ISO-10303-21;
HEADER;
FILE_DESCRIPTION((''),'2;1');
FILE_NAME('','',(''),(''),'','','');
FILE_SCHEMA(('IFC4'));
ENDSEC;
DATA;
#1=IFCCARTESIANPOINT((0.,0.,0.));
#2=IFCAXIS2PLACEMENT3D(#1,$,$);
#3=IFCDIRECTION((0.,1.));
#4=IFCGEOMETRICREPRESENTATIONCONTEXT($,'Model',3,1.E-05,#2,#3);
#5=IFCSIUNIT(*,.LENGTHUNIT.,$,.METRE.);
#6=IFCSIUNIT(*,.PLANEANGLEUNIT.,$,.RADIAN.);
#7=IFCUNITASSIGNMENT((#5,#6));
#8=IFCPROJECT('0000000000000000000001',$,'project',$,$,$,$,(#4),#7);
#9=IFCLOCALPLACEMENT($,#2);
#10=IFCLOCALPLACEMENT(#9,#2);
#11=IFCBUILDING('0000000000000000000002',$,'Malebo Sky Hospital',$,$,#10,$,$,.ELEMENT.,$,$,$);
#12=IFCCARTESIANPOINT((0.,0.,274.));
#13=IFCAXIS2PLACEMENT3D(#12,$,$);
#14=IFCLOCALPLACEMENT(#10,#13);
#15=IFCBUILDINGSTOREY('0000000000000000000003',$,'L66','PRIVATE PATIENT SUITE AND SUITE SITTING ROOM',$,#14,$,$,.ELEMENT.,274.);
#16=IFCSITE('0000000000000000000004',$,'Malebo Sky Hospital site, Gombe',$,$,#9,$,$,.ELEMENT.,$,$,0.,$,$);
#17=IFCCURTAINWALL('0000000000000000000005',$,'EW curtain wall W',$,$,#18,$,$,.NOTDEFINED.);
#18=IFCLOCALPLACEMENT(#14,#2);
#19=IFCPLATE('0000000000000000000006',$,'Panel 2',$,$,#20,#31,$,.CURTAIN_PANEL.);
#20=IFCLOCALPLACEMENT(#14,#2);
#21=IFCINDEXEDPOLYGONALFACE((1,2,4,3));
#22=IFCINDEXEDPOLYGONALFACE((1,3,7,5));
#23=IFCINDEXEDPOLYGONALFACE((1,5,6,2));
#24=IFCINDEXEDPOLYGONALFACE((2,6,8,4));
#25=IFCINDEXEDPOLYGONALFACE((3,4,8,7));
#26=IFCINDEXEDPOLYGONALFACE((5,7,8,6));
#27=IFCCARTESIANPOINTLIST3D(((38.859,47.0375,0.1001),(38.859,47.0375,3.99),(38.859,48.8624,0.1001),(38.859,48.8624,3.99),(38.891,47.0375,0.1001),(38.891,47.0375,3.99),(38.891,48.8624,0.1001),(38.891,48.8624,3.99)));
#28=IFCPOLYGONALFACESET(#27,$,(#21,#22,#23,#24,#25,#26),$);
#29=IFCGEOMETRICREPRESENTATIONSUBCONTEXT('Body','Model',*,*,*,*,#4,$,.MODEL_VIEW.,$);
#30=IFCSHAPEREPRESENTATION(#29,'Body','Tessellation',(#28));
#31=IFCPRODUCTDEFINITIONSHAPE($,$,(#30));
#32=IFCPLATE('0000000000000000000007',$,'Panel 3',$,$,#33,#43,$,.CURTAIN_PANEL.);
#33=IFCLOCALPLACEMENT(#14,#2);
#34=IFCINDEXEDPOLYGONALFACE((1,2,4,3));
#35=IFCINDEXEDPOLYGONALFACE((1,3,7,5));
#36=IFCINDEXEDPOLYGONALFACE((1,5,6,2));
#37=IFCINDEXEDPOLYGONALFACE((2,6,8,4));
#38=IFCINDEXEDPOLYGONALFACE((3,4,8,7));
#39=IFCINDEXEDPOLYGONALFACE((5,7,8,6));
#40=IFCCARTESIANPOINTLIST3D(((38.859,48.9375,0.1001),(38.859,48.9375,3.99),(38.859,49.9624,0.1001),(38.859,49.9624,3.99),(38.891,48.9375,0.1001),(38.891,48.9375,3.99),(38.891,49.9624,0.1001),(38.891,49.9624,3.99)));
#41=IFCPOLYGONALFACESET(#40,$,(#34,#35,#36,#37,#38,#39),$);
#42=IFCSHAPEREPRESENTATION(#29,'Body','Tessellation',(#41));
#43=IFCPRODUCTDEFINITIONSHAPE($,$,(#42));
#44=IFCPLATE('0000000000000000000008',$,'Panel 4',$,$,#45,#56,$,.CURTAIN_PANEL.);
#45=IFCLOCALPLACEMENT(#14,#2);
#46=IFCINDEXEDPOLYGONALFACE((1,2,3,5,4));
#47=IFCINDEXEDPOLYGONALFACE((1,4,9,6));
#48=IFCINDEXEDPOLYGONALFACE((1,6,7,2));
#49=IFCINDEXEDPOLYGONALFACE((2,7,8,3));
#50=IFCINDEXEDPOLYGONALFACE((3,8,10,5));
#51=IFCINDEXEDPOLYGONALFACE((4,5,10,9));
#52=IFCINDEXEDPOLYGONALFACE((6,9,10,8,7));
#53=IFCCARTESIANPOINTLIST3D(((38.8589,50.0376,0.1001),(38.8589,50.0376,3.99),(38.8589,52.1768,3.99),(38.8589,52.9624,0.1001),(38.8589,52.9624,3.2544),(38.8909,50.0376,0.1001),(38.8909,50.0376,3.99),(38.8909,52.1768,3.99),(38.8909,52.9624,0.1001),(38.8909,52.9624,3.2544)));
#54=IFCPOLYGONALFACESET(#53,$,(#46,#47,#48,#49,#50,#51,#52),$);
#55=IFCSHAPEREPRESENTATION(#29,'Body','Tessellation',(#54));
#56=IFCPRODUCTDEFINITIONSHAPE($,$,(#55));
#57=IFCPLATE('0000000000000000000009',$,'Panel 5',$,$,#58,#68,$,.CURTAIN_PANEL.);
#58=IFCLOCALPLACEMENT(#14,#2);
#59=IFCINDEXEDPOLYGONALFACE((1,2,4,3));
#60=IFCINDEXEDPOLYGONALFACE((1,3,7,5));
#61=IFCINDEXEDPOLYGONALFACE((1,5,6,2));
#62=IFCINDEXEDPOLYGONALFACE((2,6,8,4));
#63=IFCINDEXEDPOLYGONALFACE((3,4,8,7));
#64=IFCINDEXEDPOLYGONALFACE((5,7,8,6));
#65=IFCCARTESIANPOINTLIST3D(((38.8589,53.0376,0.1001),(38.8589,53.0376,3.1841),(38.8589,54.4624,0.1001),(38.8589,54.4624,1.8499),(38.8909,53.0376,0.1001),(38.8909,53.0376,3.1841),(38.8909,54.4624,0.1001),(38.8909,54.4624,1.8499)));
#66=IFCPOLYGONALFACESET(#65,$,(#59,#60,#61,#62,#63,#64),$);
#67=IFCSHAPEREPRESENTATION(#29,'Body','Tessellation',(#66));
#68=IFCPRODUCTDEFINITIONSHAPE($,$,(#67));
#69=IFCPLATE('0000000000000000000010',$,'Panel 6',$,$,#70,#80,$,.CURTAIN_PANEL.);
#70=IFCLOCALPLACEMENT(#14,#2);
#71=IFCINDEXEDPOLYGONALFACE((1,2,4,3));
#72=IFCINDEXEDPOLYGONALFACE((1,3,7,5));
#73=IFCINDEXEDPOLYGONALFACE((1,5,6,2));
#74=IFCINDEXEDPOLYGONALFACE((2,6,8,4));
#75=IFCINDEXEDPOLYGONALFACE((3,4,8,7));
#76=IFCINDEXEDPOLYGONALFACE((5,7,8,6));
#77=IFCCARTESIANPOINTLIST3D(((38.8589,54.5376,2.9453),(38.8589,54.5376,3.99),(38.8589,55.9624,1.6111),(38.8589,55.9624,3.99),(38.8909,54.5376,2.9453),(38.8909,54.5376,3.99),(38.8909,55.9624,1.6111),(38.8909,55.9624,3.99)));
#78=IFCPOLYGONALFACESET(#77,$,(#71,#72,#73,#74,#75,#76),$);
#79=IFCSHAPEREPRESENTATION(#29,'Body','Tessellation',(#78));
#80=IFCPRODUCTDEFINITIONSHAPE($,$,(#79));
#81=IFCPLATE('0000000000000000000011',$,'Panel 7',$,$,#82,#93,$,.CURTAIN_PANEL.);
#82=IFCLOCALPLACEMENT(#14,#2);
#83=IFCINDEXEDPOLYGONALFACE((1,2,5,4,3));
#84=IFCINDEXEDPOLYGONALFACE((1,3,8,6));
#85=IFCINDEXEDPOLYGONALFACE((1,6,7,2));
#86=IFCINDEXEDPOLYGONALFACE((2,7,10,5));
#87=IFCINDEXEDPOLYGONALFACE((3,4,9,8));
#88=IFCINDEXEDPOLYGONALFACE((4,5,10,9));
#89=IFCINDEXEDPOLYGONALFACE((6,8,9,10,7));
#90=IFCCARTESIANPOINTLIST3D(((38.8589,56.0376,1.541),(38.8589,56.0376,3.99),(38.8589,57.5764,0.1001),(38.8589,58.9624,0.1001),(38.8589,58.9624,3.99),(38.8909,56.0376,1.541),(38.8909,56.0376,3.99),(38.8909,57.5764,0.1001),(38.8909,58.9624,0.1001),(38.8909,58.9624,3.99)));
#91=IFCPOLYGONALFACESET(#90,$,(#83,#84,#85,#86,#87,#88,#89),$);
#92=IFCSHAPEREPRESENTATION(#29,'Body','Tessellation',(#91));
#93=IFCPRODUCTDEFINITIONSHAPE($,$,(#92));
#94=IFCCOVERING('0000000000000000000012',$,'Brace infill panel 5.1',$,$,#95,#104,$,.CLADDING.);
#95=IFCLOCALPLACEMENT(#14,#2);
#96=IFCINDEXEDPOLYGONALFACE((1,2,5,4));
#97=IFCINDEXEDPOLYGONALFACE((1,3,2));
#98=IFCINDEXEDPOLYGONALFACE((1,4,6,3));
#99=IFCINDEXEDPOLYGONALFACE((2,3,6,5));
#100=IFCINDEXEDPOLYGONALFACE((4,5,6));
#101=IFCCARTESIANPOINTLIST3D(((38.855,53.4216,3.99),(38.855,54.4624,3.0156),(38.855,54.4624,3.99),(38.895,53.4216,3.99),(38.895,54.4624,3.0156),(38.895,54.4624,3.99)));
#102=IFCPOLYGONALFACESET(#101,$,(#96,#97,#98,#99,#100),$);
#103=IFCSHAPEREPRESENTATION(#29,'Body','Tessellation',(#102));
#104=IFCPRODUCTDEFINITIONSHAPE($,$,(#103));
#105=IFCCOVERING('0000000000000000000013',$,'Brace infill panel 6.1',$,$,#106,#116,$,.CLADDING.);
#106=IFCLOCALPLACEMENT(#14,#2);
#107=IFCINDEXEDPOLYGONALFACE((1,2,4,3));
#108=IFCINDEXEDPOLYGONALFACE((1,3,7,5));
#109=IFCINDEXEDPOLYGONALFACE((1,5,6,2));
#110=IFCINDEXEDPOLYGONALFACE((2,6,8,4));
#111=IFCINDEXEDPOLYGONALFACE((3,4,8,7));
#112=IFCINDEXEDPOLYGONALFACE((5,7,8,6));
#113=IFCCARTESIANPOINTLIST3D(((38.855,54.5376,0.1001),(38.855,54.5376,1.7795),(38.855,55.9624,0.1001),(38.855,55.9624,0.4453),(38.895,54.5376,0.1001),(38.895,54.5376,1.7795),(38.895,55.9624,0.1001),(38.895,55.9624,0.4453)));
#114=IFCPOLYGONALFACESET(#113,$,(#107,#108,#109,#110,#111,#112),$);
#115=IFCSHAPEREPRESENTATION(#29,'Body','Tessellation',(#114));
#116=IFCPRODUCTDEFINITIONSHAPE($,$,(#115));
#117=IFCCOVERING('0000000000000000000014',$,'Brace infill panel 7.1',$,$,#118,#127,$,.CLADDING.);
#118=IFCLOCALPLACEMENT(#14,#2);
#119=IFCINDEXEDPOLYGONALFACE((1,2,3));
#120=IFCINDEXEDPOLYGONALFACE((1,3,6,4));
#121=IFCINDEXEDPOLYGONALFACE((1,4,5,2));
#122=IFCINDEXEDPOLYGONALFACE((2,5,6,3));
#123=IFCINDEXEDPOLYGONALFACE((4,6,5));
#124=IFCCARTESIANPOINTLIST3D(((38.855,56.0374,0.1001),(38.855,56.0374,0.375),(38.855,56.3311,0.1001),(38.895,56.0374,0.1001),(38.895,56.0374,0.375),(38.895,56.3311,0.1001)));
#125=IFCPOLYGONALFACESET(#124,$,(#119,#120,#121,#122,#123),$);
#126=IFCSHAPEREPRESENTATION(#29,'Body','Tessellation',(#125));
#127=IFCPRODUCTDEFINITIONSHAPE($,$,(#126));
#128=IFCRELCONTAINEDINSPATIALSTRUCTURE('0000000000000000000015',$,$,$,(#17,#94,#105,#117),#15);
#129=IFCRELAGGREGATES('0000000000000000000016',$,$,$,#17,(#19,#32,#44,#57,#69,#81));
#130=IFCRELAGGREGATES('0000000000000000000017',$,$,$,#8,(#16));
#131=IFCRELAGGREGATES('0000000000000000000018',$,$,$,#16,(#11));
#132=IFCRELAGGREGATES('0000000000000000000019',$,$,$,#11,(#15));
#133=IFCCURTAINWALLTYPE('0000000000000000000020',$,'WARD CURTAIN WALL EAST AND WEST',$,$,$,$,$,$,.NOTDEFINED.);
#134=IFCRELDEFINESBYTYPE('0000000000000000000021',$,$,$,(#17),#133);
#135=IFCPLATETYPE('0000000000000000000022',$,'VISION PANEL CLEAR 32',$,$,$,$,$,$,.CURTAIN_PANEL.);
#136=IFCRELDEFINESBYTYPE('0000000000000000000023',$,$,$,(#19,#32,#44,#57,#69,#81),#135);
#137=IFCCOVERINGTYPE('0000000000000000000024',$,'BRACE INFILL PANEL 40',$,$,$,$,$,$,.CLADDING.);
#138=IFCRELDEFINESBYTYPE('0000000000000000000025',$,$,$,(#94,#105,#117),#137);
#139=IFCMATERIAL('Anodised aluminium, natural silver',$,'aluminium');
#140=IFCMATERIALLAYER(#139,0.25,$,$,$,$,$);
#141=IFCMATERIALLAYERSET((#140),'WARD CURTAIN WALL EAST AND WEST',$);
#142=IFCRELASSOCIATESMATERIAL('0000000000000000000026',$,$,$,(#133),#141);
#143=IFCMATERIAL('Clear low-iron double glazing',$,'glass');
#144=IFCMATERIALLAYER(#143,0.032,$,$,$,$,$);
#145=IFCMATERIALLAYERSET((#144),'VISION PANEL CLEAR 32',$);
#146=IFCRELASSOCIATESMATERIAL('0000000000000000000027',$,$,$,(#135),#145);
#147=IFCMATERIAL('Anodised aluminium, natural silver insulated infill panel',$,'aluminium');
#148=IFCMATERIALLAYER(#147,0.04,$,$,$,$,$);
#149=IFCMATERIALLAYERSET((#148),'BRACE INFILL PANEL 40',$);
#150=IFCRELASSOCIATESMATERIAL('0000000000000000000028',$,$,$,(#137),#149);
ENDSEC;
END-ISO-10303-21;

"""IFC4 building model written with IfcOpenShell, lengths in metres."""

from ifc_helpers import new_model, si_unit, direction, frame, origin, origin_2d, place, context, subcontext, project, spatial, polyline, rectangle, outline, extrude, material, layer, layer_set, type_object, element, aggregate, save


model = new_model("IFC4")

# Units and contexts
model_context = context("Model", 3, precision=1e-05, world=origin(), true_north=direction((0.0, 1.0)))
body_context = subcontext(model_context, "Body", "Model", "MODEL_VIEW")
ifc_project = project(units=[si_unit("LENGTHUNIT", "METRE"), si_unit("PLANEANGLEUNIT", "RADIAN")], contexts=[model_context])

# Site, building, storey
site_placement = place(None, origin())
site = spatial("IfcSite", under=ifc_project, at=site_placement, Name="Malebo Sky Hospital site, Gombe", CompositionType="ELEMENT", RefElevation=0.0)
building_placement = place(site_placement, origin())
building = spatial("IfcBuilding", under=site, at=building_placement, Name="Malebo Sky Hospital", CompositionType="ELEMENT")
storey_placement = place(building_placement, frame((0.0, 0.0, 274.0)))
storey = spatial("IfcBuildingStorey", under=building, at=storey_placement, Name="L66", Description="PRIVATE PATIENT SUITE AND SUITE SITTING ROOM", CompositionType="ELEMENT", Elevation=274.0)

# Curtain wall
ifc_material_1 = material(Name="Anodised aluminium, natural silver", Category="aluminium")
ifc_layer_1 = layer(ifc_material_1, 0.25)
ifc_layer_set_1 = layer_set([ifc_layer_1], Name="WARD CURTAIN WALL EAST AND WEST")
curtain_wall_type = type_object("IfcCurtainWallType", Name="WARD CURTAIN WALL EAST AND WEST", PredefinedType="NOTDEFINED", material=ifc_layer_set_1)
curtain_wall_placement = place(storey_placement, origin())
curtain_wall = element("IfcCurtainWall", 1, at=curtain_wall_placement, inside=storey, type_object=curtain_wall_type, Name="EW curtain wall W", PredefinedType="NOTDEFINED")

# Plates
ifc_material_2 = material(Name="Clear low-iron double glazing", Category="glass")
ifc_layer_2 = layer(ifc_material_2, 0.032)
ifc_layer_set_2 = layer_set([ifc_layer_2], Name="VISION PANEL CLEAR 32")
plate_type = type_object("IfcPlateType", Name="VISION PANEL CLEAR 32", PredefinedType="CURTAIN_PANEL", material=ifc_layer_set_2)
plate_1_placement = place(storey_placement, frame((38.875, 47.95, 0.1001), z_axis=(0.0, 0.0, 1.0), x_axis=(0.0, 1.0, 0.0)))
plate_1 = element("IfcPlate", 2, at=plate_1_placement, type_object=plate_type, Name="Panel 2", PredefinedType="CURTAIN_PANEL", context=body_context, shape_type="SweptSolid", body=[
    extrude(rectangle(XDim=1.825, YDim=0.032, at=origin_2d()), origin(), (0.0, 0.0, 1.0), 3.8899),
])
plate_2_placement = place(storey_placement, frame((38.875, 49.45, 0.1001), z_axis=(0.0, 0.0, 1.0), x_axis=(0.0, 1.0, 0.0)))
plate_2 = element("IfcPlate", 3, at=plate_2_placement, type_object=plate_type, Name="Panel 3", PredefinedType="CURTAIN_PANEL", context=body_context, shape_type="SweptSolid", body=[
    extrude(rectangle(XDim=1.0249, YDim=0.032, at=origin_2d()), origin(), (0.0, 0.0, 1.0), 3.8899),
])
plate_3_placement = place(storey_placement, frame((38.875, 51.5, 0.1001), z_axis=(0.0, 0.0, 1.0), x_axis=(0.0, 1.0, 0.0)))
plate_3 = element("IfcPlate", 4, at=plate_3_placement, type_object=plate_type, Name="Panel 4", PredefinedType="CURTAIN_PANEL", context=body_context, shape_type="SweptSolid", body=[
    extrude(outline(polyline([(-1.4624, 0.0), (1.4624, 0.0), (1.4624, 3.1543), (0.6768, 3.8899), (-1.4624, 3.8899), (-1.4624, 0.0)])), frame((0.0, 0.0161, 0.0), z_axis=(0.0, -1.0, 0.0), x_axis=(1.0, 0.0, 0.0)), (0.0, 0.0, 1.0), 0.032),
])
plate_4_placement = place(storey_placement, frame((38.875, 53.75, 0.1001), z_axis=(0.0, 0.0, 1.0), x_axis=(0.0, 1.0, 0.0)))
plate_4 = element("IfcPlate", 5, at=plate_4_placement, type_object=plate_type, Name="Panel 5", PredefinedType="CURTAIN_PANEL", context=body_context, shape_type="SweptSolid", body=[
    extrude(outline(polyline([(-0.7124, 0.0), (0.7124, 0.0), (0.7124, 1.7498), (-0.7124, 3.084), (-0.7124, 0.0)])), frame((0.0, 0.0161, 0.0), z_axis=(0.0, -1.0, 0.0), x_axis=(1.0, 0.0, 0.0)), (0.0, 0.0, 1.0), 0.032),
])
plate_5_placement = place(storey_placement, frame((38.875, 55.25, 1.6111), z_axis=(0.0, 0.0, 1.0), x_axis=(0.0, 1.0, 0.0)))
plate_5 = element("IfcPlate", 6, at=plate_5_placement, type_object=plate_type, Name="Panel 6", PredefinedType="CURTAIN_PANEL", context=body_context, shape_type="SweptSolid", body=[
    extrude(outline(polyline([(0.7124, 0.0), (0.7124, 2.3789), (-0.7124, 2.3789), (-0.7124, 1.3342), (0.7124, 0.0)])), frame((0.0, 0.0161, 0.0), z_axis=(0.0, -1.0, 0.0), x_axis=(1.0, 0.0, 0.0)), (0.0, 0.0, 1.0), 0.032),
])
plate_6_placement = place(storey_placement, frame((38.875, 57.5, 0.1001), z_axis=(0.0, 0.0, 1.0), x_axis=(0.0, 1.0, 0.0)))
plate_6 = element("IfcPlate", 7, at=plate_6_placement, type_object=plate_type, Name="Panel 7", PredefinedType="CURTAIN_PANEL", context=body_context, shape_type="SweptSolid", body=[
    extrude(outline(polyline([(0.0764, 0.0), (1.4624, 0.0), (1.4624, 3.8899), (-1.4624, 3.8899), (-1.4624, 1.4409), (0.0764, 0.0)])), frame((0.0, 0.0161, 0.0), z_axis=(0.0, -1.0, 0.0), x_axis=(1.0, 0.0, 0.0)), (0.0, 0.0, 1.0), 0.032),
])
aggregate(curtain_wall, [plate_1, plate_2, plate_3, plate_4, plate_5, plate_6])

# Coverings
ifc_material_3 = material(Name="Anodised aluminium, natural silver insulated infill panel", Category="aluminium")
ifc_layer_3 = layer(ifc_material_3, 0.04)
ifc_layer_set_3 = layer_set([ifc_layer_3], Name="BRACE INFILL PANEL 40")
covering_type = type_object("IfcCoveringType", Name="BRACE INFILL PANEL 40", PredefinedType="CLADDING", material=ifc_layer_set_3)
covering_1_placement = place(storey_placement, frame((38.875, 53.9421, 3.0156), z_axis=(0.0, 0.0, 1.0), x_axis=(0.0, 1.0, 0.0)))
element("IfcCovering", 8, at=covering_1_placement, inside=storey, type_object=covering_type, Name="Brace infill panel 5.1", PredefinedType="CLADDING", context=body_context, shape_type="SweptSolid", body=[
    extrude(outline(polyline([(0.5203, 0.0), (0.5203, 0.9744), (-0.5205, 0.9744), (0.5203, 0.0)])), frame((0.0, 0.02, 0.0), z_axis=(0.0, -1.0, 0.0), x_axis=(1.0, 0.0, 0.0)), (0.0, 0.0, 1.0), 0.04),
])
covering_2_placement = place(storey_placement, frame((38.875, 55.25, 0.1001), z_axis=(0.0, 0.0, 1.0), x_axis=(0.0, 1.0, 0.0)))
element("IfcCovering", 9, at=covering_2_placement, inside=storey, type_object=covering_type, Name="Brace infill panel 6.1", PredefinedType="CLADDING", context=body_context, shape_type="SweptSolid", body=[
    extrude(outline(polyline([(-0.7124, 0.0), (0.7124, 0.0), (0.7124, 0.3452), (-0.7124, 1.6794), (-0.7124, 0.0)])), frame((0.0, 0.02, 0.0), z_axis=(0.0, -1.0, 0.0), x_axis=(1.0, 0.0, 0.0)), (0.0, 0.0, 1.0), 0.04),
])
covering_3_placement = place(storey_placement, frame((38.875, 56.1843, 0.1001), z_axis=(0.0, 0.0, 1.0), x_axis=(0.0, 1.0, 0.0)))
element("IfcCovering", 10, at=covering_3_placement, inside=storey, type_object=covering_type, Name="Brace infill panel 7.1", PredefinedType="CLADDING", context=body_context, shape_type="SweptSolid", body=[
    extrude(outline(polyline([(-0.147, 0.0), (0.1467, 0.0), (-0.147, 0.2749), (-0.147, 0.0)])), frame((0.0, 0.02, 0.0), z_axis=(0.0, -1.0, 0.0), x_axis=(1.0, 0.0, 0.0)), (0.0, 0.0, 1.0), 0.04),
])

save(model, "model.ifc")
